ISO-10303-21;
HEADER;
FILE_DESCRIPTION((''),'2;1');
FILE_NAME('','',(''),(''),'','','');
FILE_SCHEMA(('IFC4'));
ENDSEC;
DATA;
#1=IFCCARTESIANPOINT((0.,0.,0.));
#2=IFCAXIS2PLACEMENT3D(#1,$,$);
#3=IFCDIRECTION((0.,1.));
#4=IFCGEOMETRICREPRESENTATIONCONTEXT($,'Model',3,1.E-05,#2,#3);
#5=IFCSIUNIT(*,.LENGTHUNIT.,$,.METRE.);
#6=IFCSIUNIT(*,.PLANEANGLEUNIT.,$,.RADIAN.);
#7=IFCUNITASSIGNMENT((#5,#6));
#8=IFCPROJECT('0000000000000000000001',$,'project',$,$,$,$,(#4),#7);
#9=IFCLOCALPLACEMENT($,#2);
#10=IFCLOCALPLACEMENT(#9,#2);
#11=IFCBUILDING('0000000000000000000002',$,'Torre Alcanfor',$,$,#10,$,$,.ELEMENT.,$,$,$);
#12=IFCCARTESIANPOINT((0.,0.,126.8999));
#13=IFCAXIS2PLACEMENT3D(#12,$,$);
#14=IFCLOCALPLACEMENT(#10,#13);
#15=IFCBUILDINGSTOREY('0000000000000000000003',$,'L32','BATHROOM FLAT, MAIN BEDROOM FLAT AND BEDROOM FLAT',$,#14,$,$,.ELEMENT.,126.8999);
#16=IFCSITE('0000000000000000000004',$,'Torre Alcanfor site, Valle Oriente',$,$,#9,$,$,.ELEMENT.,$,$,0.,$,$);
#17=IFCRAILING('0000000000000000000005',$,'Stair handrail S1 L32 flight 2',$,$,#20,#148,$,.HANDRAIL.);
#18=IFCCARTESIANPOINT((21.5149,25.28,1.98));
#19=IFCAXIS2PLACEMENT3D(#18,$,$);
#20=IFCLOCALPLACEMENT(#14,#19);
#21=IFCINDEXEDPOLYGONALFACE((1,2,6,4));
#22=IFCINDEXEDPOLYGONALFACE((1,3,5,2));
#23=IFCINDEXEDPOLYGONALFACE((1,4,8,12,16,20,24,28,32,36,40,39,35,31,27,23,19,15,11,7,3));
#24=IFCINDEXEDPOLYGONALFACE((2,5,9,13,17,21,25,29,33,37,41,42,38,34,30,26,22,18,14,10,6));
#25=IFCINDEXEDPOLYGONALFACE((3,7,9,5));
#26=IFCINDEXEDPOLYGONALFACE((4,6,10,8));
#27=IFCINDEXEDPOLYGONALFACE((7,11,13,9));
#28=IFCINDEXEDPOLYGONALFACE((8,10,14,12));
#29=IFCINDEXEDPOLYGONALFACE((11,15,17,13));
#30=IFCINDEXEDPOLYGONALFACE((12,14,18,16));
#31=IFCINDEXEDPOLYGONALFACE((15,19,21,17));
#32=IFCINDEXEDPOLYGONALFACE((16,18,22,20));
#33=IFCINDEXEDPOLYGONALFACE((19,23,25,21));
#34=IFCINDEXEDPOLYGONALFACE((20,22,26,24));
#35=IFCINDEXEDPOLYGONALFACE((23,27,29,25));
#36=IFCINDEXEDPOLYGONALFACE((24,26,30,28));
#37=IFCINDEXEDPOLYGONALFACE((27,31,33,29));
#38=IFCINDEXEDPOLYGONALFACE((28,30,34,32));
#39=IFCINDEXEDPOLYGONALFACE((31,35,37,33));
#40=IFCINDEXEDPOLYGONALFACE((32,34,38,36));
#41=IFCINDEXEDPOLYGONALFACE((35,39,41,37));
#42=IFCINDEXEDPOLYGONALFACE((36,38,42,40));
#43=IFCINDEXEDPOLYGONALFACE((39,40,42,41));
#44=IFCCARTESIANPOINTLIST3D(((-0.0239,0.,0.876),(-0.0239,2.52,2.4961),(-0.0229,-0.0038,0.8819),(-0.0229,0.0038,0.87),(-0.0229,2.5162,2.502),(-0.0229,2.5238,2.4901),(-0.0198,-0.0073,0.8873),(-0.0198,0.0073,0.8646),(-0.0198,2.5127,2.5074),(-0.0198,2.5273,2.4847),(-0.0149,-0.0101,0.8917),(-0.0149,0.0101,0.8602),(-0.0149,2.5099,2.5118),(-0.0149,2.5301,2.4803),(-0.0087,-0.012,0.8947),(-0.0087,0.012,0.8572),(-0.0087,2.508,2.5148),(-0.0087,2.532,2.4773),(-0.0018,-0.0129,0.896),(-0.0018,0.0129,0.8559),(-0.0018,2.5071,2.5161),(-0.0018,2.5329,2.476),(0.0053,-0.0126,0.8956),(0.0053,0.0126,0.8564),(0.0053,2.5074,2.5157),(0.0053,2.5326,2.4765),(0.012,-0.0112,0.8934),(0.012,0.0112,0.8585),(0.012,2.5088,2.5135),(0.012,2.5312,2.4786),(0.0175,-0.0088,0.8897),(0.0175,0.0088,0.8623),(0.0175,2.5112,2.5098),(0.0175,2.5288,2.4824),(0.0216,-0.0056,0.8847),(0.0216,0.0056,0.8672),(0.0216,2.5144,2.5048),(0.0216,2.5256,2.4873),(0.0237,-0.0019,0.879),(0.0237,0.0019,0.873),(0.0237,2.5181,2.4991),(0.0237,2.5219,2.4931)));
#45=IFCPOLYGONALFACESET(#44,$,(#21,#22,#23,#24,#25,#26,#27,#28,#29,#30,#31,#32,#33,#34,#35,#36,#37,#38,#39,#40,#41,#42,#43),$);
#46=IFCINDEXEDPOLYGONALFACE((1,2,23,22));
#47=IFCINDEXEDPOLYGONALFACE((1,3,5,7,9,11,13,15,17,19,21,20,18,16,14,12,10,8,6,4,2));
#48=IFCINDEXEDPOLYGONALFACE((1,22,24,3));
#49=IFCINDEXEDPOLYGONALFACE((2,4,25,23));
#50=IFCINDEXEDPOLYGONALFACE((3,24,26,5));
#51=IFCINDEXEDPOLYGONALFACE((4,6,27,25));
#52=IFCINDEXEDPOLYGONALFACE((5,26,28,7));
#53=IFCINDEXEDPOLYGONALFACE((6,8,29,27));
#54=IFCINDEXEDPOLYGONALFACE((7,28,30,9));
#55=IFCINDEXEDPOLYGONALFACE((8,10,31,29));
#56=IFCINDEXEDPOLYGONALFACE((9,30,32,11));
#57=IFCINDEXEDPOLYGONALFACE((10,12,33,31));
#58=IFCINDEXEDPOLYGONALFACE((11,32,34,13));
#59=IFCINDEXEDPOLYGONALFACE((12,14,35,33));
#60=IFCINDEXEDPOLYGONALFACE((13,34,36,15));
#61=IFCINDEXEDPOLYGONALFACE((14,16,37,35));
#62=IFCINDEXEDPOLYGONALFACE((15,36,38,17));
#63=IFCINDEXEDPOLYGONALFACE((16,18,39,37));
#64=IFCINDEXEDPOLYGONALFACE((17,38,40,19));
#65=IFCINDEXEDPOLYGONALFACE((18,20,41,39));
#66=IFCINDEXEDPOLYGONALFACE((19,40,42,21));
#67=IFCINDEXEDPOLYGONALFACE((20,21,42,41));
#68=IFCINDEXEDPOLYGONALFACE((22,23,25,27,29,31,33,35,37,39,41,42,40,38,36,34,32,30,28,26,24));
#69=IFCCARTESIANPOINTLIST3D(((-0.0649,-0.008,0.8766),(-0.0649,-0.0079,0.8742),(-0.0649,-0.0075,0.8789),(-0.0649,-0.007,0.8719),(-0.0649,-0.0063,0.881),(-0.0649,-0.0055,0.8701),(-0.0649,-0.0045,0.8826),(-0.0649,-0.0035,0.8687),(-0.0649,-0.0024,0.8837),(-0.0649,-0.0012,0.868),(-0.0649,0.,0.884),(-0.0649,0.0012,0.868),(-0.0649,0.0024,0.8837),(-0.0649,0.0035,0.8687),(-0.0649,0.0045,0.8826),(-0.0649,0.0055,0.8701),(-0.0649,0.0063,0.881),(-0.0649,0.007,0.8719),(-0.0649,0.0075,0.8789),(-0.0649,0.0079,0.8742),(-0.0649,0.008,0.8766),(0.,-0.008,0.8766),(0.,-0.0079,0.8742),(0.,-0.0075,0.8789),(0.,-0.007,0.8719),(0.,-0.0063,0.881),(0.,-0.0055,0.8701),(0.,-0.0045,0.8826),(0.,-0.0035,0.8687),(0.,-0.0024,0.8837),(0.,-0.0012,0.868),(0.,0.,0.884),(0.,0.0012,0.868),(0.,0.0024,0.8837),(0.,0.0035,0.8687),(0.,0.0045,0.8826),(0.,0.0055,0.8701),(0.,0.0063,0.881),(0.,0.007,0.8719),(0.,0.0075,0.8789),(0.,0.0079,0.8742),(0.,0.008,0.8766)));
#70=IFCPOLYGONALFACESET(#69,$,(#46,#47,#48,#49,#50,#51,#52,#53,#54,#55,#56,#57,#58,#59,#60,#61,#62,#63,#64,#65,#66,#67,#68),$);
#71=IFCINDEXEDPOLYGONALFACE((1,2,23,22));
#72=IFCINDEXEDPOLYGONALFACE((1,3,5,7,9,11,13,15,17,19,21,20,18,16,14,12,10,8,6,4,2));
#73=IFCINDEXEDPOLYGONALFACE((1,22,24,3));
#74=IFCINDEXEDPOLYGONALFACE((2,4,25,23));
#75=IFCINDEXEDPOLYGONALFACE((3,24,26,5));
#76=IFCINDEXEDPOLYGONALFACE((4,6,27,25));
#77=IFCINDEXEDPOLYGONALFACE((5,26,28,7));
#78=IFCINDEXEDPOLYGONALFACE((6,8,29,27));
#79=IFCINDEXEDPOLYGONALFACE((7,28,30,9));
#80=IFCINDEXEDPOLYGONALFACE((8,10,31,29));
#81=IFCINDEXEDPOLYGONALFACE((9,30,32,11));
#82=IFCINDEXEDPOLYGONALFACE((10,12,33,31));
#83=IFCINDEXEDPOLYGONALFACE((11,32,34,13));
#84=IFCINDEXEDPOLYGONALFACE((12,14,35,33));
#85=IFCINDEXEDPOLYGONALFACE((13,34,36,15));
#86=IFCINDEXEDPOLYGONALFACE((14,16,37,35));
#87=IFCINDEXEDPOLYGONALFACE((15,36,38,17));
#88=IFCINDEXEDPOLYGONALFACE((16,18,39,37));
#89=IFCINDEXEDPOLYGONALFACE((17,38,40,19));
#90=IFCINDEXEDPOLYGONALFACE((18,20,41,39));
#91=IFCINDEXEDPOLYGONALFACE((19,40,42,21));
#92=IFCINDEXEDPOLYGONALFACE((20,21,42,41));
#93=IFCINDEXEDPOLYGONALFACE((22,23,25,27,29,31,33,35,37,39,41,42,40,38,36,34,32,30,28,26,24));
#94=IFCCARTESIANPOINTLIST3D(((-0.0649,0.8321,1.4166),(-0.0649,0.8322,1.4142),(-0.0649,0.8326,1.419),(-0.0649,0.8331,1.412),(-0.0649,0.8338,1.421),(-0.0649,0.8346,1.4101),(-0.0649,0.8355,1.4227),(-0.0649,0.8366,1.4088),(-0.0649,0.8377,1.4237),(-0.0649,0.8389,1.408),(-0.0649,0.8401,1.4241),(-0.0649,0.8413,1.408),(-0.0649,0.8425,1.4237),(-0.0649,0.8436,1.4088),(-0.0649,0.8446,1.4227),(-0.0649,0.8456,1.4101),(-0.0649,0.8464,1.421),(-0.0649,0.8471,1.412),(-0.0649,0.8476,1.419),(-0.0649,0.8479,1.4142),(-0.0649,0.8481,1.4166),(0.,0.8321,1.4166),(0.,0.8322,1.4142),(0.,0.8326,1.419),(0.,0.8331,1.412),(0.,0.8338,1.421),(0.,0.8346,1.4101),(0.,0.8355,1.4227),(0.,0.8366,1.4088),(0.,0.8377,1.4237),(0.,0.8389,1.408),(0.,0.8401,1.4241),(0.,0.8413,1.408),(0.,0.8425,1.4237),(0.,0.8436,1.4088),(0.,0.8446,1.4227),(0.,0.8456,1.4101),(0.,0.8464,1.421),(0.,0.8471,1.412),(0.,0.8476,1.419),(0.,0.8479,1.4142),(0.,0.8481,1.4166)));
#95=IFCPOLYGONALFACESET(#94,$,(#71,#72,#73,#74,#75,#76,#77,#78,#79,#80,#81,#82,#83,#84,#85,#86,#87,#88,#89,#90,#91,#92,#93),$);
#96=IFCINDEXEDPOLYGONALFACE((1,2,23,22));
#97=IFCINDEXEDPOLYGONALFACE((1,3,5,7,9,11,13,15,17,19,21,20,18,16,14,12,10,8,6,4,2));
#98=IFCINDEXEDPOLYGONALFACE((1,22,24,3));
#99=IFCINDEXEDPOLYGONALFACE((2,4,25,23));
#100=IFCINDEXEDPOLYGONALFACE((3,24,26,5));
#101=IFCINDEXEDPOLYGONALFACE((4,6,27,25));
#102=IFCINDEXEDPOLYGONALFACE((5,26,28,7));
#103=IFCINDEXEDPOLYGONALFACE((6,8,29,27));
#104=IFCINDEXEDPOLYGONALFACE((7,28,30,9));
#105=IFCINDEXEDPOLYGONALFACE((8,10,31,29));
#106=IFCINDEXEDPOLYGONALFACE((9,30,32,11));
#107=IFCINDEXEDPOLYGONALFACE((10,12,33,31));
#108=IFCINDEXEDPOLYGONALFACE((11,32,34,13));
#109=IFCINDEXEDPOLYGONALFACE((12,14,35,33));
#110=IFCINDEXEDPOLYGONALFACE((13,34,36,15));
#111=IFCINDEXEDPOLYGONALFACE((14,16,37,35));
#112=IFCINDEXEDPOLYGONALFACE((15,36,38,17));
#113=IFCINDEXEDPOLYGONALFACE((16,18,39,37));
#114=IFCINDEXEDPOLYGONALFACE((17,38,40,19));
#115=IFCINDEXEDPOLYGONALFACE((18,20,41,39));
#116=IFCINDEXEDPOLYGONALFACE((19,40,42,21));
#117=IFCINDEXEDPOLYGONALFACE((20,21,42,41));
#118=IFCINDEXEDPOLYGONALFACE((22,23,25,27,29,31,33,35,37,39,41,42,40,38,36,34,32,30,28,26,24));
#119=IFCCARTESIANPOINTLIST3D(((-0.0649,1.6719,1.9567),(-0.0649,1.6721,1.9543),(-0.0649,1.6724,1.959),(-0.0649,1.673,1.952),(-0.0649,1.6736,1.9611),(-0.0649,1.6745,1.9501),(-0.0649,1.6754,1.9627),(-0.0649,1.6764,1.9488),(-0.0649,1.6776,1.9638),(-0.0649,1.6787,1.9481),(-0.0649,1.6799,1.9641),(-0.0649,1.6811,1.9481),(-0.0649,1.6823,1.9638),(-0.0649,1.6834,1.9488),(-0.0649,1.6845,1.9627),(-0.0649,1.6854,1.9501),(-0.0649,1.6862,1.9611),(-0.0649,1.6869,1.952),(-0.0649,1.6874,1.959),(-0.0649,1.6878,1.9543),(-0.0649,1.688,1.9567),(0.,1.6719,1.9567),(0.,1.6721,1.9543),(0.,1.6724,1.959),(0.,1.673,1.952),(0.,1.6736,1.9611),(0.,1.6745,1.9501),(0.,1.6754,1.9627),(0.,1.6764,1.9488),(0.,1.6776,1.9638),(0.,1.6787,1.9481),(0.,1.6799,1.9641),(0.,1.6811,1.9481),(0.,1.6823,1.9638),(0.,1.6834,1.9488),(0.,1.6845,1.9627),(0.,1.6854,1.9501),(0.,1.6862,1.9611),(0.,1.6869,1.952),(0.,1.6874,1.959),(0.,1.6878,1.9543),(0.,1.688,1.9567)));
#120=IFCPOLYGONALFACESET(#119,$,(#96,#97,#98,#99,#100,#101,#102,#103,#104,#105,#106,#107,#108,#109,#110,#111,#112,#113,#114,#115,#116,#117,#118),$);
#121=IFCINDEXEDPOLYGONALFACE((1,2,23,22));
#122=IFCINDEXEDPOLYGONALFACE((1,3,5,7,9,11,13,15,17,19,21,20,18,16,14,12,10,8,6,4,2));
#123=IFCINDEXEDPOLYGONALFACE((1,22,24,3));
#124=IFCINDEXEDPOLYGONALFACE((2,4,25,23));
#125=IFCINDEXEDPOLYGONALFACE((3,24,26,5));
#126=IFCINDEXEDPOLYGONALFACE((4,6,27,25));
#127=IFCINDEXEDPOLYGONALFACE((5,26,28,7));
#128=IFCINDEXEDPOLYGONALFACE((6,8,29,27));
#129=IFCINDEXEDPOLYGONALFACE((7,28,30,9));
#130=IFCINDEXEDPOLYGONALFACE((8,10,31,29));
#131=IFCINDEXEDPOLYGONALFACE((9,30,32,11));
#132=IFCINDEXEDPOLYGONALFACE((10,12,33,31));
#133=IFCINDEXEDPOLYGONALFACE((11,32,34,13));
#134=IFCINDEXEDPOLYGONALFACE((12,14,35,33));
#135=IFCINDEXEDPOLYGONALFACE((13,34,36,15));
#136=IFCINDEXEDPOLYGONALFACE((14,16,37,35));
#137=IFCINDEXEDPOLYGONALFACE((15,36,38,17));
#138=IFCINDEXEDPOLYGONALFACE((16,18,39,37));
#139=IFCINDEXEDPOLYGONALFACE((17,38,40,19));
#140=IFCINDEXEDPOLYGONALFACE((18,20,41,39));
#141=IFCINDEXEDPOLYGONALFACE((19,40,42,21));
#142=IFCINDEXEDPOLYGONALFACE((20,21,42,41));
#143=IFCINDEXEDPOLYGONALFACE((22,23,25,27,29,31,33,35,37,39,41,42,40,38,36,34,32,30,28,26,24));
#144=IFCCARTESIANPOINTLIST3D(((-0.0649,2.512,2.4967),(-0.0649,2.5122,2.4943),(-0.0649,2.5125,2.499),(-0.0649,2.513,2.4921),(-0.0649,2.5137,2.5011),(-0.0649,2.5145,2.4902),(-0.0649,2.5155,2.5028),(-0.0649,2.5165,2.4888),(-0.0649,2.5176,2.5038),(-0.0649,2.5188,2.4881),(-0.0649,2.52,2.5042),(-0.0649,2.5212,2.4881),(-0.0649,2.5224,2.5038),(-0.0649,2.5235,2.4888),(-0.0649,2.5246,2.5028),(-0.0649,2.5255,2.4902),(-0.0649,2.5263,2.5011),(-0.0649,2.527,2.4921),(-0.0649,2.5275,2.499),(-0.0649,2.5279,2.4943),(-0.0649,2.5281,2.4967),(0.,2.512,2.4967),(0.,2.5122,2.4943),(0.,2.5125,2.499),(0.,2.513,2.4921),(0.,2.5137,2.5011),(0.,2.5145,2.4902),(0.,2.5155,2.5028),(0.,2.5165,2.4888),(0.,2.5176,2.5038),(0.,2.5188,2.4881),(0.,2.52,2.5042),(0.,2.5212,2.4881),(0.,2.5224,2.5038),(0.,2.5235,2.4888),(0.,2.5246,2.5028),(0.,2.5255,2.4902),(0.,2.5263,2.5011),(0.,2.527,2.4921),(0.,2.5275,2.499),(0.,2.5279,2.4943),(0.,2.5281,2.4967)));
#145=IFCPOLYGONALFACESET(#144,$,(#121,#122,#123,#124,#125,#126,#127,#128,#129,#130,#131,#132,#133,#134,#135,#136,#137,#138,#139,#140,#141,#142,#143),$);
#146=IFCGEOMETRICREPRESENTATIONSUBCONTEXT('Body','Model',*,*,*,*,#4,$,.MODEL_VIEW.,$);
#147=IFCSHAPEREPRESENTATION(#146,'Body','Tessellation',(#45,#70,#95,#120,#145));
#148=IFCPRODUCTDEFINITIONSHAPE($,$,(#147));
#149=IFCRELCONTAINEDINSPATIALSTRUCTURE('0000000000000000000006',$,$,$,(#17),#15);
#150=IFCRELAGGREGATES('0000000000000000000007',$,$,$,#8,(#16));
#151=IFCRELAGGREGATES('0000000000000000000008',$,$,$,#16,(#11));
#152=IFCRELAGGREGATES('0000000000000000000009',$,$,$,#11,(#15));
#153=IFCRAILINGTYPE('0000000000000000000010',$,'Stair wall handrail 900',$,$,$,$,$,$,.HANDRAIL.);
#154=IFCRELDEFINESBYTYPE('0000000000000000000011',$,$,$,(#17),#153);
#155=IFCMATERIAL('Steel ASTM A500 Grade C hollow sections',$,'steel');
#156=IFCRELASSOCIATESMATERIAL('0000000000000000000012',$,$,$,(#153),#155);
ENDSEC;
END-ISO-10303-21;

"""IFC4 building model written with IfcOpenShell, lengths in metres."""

from ifc_helpers import new_model, si_unit, direction, frame, origin, origin_2d, place, context, subcontext, project, spatial, circle, extrude, material, type_object, element, save


model = new_model("IFC4")

# Units and contexts
model_context = context("Model", 3, precision=1e-05, world=origin(), true_north=direction((0.0, 1.0)))
body_context = subcontext(model_context, "Body", "Model", "MODEL_VIEW")
ifc_project = project(units=[si_unit("LENGTHUNIT", "METRE"), si_unit("PLANEANGLEUNIT", "RADIAN")], contexts=[model_context])

# Site, building, storey
site_placement = place(None, origin())
site = spatial("IfcSite", under=ifc_project, at=site_placement, Name="Torre Alcanfor site, Valle Oriente", CompositionType="ELEMENT", RefElevation=0.0)
building_placement = place(site_placement, origin())
building = spatial("IfcBuilding", under=site, at=building_placement, Name="Torre Alcanfor", CompositionType="ELEMENT")
storey_placement = place(building_placement, frame((0.0, 0.0, 126.8999)))
storey = spatial("IfcBuildingStorey", under=building, at=storey_placement, Name="L32", Description="BATHROOM FLAT, MAIN BEDROOM FLAT AND BEDROOM FLAT", CompositionType="ELEMENT", Elevation=126.8999)

# Railing
ifc_material_1 = material(Name="Steel ASTM A500 Grade C hollow sections", Category="steel")
railing_type_1 = type_object("IfcRailingType", Name="Stair wall handrail 900", PredefinedType="HANDRAIL", material=ifc_material_1)
railing_1_placement = place(storey_placement, frame((21.5149, 25.28, 1.98)))
element("IfcRailing", 1, at=railing_1_placement, inside=storey, type_object=railing_type_1, Name="Stair handrail S1 L32 flight 2", PredefinedType="HANDRAIL", context=body_context, shape_type="SweptSolid", body=[
    extrude(circle(Radius=0.0239, at=origin_2d()), frame((0.0, 0.0, 0.876), z_axis=(0.0, 0.841163, 0.540782), x_axis=(-1.0, 0.0, 0.0)), (0.0, 0.0, 1.0), 2.9958),
    extrude(circle(Radius=0.0081, at=origin_2d()), frame((0.0, 0.0, 0.876), z_axis=(-1.0, 0.0, 0.0), x_axis=(0.0, 0.0, 1.0)), (0.0, 0.0, 1.0), 0.0649),
    extrude(circle(Radius=0.0081, at=origin_2d()), frame((0.0, 0.8401, 1.416), z_axis=(-1.0, 0.0, 0.0), x_axis=(0.0, 0.0, 1.0)), (0.0, 0.0, 1.0), 0.0649),
    extrude(circle(Radius=0.0081, at=origin_2d()), frame((0.0, 1.6799, 1.9561), z_axis=(-1.0, 0.0, 0.0), x_axis=(0.0, 0.0, 1.0)), (0.0, 0.0, 1.0), 0.0649),
    extrude(circle(Radius=0.0081, at=origin_2d()), frame((0.0, 2.52, 2.4961), z_axis=(-1.0, 0.0, 0.0), x_axis=(0.0, 0.0, 1.0)), (0.0, 0.0, 1.0), 0.0649),
])

save(model, "model.ifc")
